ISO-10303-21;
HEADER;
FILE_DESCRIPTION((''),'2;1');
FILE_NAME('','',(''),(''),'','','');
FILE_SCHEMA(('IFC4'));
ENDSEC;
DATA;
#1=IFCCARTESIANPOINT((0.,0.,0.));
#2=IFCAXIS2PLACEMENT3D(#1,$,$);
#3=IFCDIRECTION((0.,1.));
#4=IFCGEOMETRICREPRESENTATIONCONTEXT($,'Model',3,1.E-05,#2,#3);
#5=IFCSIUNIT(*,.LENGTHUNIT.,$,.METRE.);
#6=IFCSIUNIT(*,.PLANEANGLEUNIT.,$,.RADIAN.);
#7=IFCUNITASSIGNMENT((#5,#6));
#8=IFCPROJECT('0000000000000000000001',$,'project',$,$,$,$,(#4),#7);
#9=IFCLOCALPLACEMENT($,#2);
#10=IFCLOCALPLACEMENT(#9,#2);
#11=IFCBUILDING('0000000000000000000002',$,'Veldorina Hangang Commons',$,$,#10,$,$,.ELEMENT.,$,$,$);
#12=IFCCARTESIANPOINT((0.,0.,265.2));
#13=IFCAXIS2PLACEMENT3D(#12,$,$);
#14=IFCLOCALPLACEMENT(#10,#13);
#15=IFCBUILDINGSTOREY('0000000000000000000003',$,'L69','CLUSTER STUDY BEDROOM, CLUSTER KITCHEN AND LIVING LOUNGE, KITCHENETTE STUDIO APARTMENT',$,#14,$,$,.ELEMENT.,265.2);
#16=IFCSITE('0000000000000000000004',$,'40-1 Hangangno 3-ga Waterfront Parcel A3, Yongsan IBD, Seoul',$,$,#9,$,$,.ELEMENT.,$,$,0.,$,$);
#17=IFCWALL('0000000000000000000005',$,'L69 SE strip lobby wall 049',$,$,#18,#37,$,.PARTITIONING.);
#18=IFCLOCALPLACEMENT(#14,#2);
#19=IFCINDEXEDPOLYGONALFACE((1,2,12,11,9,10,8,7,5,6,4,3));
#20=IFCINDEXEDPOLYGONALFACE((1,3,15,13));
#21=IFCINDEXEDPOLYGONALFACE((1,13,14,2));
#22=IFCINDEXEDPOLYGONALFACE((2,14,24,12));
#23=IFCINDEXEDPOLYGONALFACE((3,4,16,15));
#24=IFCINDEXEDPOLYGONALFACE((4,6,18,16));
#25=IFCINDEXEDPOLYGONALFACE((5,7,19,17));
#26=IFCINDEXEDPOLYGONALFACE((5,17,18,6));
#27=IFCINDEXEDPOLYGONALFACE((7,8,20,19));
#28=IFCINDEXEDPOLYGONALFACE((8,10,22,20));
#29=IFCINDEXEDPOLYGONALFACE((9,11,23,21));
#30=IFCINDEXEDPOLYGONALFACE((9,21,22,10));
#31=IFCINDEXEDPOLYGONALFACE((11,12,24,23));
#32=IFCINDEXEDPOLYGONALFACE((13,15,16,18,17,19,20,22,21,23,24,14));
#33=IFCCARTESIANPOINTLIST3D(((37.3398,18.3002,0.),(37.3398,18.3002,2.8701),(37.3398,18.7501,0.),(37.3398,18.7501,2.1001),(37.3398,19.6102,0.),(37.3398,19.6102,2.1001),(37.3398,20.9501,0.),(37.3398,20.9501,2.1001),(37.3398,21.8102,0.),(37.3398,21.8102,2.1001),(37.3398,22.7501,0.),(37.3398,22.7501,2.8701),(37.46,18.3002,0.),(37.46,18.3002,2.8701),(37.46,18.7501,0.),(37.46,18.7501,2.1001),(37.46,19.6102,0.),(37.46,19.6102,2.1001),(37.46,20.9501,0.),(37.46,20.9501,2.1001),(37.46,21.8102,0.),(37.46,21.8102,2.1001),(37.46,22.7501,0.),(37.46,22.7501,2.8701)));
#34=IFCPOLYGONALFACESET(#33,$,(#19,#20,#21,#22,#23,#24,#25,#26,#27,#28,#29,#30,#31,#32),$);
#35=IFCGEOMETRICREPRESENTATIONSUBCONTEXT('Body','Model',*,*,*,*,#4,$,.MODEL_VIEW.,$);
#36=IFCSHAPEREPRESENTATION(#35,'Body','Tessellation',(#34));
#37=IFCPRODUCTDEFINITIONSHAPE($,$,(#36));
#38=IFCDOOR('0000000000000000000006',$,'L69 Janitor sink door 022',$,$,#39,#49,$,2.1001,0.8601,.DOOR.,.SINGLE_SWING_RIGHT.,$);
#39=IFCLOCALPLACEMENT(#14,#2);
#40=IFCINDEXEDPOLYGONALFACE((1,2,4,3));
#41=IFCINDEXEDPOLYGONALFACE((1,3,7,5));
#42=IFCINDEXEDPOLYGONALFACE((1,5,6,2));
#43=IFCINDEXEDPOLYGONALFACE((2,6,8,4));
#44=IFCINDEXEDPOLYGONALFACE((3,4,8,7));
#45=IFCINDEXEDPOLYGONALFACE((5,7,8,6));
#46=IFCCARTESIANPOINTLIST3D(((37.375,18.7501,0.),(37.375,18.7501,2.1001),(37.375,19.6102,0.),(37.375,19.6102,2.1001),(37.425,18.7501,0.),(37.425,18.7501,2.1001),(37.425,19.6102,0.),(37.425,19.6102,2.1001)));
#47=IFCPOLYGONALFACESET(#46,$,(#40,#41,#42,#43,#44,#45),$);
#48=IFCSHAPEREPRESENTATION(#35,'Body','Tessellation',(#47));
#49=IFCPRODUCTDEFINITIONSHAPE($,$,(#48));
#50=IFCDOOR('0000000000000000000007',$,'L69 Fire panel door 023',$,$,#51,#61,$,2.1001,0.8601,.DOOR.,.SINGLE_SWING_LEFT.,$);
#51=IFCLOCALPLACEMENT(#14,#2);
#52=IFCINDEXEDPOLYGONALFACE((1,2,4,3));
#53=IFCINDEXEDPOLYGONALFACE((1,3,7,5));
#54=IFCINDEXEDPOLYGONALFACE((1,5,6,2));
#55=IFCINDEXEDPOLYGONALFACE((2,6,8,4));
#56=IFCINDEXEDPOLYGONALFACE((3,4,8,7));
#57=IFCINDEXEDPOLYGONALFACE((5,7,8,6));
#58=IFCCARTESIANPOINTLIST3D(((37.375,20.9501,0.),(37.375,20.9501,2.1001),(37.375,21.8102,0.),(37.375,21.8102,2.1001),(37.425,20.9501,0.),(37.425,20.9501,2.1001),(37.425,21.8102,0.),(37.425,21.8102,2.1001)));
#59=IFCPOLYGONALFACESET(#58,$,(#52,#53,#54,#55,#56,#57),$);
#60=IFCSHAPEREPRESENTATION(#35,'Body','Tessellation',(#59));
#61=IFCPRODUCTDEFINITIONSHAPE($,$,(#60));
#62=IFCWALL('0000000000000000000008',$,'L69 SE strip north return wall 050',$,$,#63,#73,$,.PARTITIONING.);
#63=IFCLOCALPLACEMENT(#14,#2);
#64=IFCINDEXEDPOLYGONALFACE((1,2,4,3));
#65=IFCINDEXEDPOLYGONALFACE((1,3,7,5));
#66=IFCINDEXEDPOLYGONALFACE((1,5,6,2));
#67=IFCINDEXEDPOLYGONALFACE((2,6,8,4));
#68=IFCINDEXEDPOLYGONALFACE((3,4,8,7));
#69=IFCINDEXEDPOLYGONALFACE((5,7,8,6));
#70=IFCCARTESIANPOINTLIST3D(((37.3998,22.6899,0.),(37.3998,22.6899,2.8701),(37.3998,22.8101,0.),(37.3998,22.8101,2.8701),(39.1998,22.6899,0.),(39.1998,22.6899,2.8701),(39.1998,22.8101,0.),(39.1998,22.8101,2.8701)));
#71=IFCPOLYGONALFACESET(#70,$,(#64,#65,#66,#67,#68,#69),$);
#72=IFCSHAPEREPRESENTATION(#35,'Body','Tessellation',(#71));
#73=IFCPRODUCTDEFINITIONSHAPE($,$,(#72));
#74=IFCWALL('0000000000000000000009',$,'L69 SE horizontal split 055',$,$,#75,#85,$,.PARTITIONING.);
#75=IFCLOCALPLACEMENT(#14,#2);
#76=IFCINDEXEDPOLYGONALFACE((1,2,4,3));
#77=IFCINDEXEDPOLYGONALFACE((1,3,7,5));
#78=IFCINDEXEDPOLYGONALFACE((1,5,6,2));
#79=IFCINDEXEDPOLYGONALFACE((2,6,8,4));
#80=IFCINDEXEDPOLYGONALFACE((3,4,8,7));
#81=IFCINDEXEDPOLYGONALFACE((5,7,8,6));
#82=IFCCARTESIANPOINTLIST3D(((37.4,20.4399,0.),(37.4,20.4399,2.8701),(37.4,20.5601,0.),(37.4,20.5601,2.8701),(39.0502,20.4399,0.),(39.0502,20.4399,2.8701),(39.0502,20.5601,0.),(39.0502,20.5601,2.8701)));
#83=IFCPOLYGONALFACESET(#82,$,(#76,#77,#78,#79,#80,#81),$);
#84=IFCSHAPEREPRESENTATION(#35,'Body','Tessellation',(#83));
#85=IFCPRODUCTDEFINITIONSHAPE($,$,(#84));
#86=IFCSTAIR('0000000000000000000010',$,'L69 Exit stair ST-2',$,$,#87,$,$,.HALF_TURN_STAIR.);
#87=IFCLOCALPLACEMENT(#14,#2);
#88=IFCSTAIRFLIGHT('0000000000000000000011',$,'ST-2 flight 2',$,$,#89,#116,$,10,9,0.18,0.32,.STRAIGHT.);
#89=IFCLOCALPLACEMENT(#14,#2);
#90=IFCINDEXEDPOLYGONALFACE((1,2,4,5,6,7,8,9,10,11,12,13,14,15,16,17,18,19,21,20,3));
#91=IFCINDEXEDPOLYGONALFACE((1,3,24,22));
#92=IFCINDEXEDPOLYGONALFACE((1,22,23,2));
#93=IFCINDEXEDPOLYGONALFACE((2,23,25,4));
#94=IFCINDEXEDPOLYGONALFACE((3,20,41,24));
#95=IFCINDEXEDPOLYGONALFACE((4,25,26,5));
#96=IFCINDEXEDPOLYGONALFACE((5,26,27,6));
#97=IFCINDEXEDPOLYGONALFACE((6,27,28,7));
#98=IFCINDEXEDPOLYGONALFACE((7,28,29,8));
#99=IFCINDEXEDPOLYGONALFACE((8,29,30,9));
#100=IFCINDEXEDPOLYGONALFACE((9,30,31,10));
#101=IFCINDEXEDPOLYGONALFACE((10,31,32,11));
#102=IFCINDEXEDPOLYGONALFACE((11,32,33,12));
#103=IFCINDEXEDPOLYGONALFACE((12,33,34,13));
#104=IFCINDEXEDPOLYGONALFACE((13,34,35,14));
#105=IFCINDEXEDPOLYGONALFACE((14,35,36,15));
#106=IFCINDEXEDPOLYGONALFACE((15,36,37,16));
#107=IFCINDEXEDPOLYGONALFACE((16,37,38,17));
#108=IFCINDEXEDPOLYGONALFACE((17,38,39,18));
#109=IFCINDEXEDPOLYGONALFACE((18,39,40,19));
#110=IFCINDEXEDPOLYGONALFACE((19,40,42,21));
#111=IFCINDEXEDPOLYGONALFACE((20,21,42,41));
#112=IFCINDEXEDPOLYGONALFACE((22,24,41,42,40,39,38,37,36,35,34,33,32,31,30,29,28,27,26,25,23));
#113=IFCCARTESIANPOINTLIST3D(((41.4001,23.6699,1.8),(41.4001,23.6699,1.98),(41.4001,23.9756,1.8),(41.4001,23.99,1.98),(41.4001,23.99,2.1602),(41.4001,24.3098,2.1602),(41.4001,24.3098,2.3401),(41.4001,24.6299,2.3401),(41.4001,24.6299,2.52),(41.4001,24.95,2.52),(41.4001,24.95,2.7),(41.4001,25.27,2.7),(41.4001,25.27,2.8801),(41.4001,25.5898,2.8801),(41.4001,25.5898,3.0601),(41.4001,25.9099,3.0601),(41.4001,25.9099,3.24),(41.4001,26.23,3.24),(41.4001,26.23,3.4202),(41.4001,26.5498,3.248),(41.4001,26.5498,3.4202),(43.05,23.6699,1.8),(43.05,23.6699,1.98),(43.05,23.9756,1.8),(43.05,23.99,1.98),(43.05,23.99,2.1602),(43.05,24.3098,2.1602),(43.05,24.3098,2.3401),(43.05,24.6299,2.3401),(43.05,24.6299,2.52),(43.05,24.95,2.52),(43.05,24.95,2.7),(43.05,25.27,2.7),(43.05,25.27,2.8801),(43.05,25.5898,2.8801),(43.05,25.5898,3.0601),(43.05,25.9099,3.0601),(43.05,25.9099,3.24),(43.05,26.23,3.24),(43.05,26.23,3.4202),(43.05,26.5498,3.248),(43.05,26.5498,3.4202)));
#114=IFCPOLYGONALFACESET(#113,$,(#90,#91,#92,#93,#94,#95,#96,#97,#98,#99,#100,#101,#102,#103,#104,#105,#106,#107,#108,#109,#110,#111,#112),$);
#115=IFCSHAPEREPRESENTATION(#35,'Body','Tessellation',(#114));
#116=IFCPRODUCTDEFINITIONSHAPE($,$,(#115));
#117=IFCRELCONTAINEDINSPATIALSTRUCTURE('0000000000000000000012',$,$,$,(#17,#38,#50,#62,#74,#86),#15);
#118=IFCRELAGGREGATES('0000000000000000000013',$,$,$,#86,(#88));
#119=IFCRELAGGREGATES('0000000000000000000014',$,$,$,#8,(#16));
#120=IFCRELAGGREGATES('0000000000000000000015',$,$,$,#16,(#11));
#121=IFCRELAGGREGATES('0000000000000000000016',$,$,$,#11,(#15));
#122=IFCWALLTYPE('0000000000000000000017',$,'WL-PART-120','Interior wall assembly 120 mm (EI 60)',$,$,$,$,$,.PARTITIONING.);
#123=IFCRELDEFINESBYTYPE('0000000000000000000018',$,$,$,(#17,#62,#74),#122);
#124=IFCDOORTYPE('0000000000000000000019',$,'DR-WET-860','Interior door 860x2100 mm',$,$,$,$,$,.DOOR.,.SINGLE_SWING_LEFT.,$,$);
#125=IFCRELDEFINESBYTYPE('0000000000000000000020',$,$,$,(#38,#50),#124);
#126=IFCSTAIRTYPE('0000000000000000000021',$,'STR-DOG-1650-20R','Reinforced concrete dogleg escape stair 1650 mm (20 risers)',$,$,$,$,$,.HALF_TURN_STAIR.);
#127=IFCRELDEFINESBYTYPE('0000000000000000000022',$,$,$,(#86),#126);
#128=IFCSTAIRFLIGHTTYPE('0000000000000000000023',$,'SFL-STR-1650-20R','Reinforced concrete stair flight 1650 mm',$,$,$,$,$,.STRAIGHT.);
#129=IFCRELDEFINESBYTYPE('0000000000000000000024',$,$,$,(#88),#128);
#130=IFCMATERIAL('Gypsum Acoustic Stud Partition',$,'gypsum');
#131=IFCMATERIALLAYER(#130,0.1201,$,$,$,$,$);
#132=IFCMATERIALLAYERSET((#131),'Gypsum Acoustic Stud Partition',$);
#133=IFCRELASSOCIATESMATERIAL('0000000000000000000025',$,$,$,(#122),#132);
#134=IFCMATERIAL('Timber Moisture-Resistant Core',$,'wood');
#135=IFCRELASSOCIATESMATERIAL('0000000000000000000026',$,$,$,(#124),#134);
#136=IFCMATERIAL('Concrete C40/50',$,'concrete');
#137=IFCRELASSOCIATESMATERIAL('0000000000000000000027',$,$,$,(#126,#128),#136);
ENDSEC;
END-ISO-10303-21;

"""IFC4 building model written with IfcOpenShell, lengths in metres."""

from ifc_helpers import new_model, si_unit, direction, frame, frame_2d, origin, place, context, subcontext, project, spatial, polyline, rectangle, outline, extrude, material, layer, layer_set, type_object, element, fill, aggregate, save


model = new_model("IFC4")

# Units and contexts
model_context = context("Model", 3, precision=1e-05, world=origin(), true_north=direction((0.0, 1.0)))
body_context = subcontext(model_context, "Body", "Model", "MODEL_VIEW")
ifc_project = project(units=[si_unit("LENGTHUNIT", "METRE"), si_unit("PLANEANGLEUNIT", "RADIAN")], contexts=[model_context])

# Site, building, storey
site_placement = place(None, origin())
site = spatial("IfcSite", under=ifc_project, at=site_placement, Name="40-1 Hangangno 3-ga Waterfront Parcel A3, Yongsan IBD, Seoul", CompositionType="ELEMENT", RefElevation=0.0)
building_placement = place(site_placement, origin())
building = spatial("IfcBuilding", under=site, at=building_placement, Name="Veldorina Hangang Commons", CompositionType="ELEMENT")
storey_placement = place(building_placement, frame((0.0, 0.0, 265.2)))
storey = spatial("IfcBuildingStorey", under=building, at=storey_placement, Name="L69", Description="CLUSTER STUDY BEDROOM, CLUSTER KITCHEN AND LIVING LOUNGE, KITCHENETTE STUDIO APARTMENT", CompositionType="ELEMENT", Elevation=265.2)

# Shared definitions
ifc_material_1 = material(Name="Gypsum Acoustic Stud Partition", Category="gypsum")
ifc_layer_1 = layer(ifc_material_1, 0.1201)
ifc_layer_set_1 = layer_set([ifc_layer_1], Name="Gypsum Acoustic Stud Partition")
wall_type_1 = type_object("IfcWallType", Name="WL-PART-120", Description="Interior wall assembly 120 mm (EI 60)", PredefinedType="PARTITIONING", material=ifc_layer_set_1)

# Wall, openings, doors
wall_1_placement = place(storey_placement, frame((37.3999, 18.3, 0.0), z_axis=(0.0, 0.0, 1.0), x_axis=(0.0, 1.0, 0.0)))
wall_1 = element("IfcWall", 1, at=wall_1_placement, inside=storey, type_object=wall_type_1, Name="L69 SE strip lobby wall 049", PredefinedType="PARTITIONING", context=body_context, shape_type="SweptSolid", body=[
    extrude(rectangle(XDim=4.45, YDim=0.1201, at=frame_2d((2.2251, 0.0))), origin(), (0.0, 0.0, 1.0), 2.8701),
])
opening_1_placement = place(wall_1_placement, frame((0.45, 0.0, 0.0)))
opening_1 = element("IfcOpeningElement", 2, at=opening_1_placement, cuts=wall_1, PredefinedType="OPENING", context=body_context, shape_type="SweptSolid", body=[
    extrude(rectangle(XDim=0.8601, YDim=2.1001, at=frame_2d((0.4302, 1.05))), frame((0.0, 0.0701, 0.0), z_axis=(0.0, -1.0, 0.0), x_axis=(1.0, 0.0, 0.0)), (0.0, 0.0, 1.0), 0.1401),
])
opening_2_placement = place(wall_1_placement, frame((2.6499, 0.0, 0.0)))
opening_2 = element("IfcOpeningElement", 3, at=opening_2_placement, cuts=wall_1, PredefinedType="OPENING", context=body_context, shape_type="SweptSolid", body=[
    extrude(rectangle(XDim=0.8601, YDim=2.1001, at=frame_2d((0.4302, 1.05))), frame((0.0, 0.0701, 0.0), z_axis=(0.0, -1.0, 0.0), x_axis=(1.0, 0.0, 0.0)), (0.0, 0.0, 1.0), 0.1401),
])
ifc_material_2 = material(Name="Timber Moisture-Resistant Core", Category="wood")
door_type_1 = type_object("IfcDoorType", Name="DR-WET-860", Description="Interior door 860x2100 mm", OperationType="SINGLE_SWING_LEFT", PredefinedType="DOOR", material=ifc_material_2)
door_1_placement = place(opening_1_placement, origin())
door_1 = element("IfcDoor", 4, at=door_1_placement, inside=storey, type_object=door_type_1, Name="L69 Janitor sink door 022", OperationType="SINGLE_SWING_RIGHT", OverallHeight=2.1001, OverallWidth=0.8601, PredefinedType="DOOR", context=body_context, shape_type="SweptSolid", body=[
    extrude(rectangle(XDim=0.8601, YDim=2.1001, at=frame_2d((0.4302, 1.05))), frame((0.0, 0.0249, 0.0), z_axis=(0.0, -1.0, 0.0), x_axis=(1.0, 0.0, 0.0)), (0.0, 0.0, 1.0), 0.05),
])
fill(opening_1, door_1)
door_2_placement = place(opening_2_placement, origin())
door_2 = element("IfcDoor", 5, at=door_2_placement, inside=storey, type_object=door_type_1, Name="L69 Fire panel door 023", OperationType="SINGLE_SWING_LEFT", OverallHeight=2.1001, OverallWidth=0.8601, PredefinedType="DOOR", context=body_context, shape_type="SweptSolid", body=[
    extrude(rectangle(XDim=0.8601, YDim=2.1001, at=frame_2d((0.4302, 1.05))), frame((0.0, 0.0249, 0.0), z_axis=(0.0, -1.0, 0.0), x_axis=(1.0, 0.0, 0.0)), (0.0, 0.0, 1.0), 0.05),
])
fill(opening_2, door_2)

# Walls
wall_2_placement = place(storey_placement, frame((37.3999, 22.75, 0.0), z_axis=(0.0, 0.0, 1.0), x_axis=(1.0, 0.0, 0.0)))
element("IfcWall", 6, at=wall_2_placement, inside=storey, type_object=wall_type_1, Name="L69 SE strip north return wall 050", PredefinedType="PARTITIONING", context=body_context, shape_type="SweptSolid", body=[
    extrude(rectangle(XDim=1.8, YDim=0.1201, at=frame_2d((0.8999, 0.0))), origin(), (0.0, 0.0, 1.0), 2.8701),
])
wall_3_placement = place(storey_placement, frame((37.3999, 20.5, 0.0), z_axis=(0.0, 0.0, 1.0), x_axis=(1.0, 0.0, 0.0)))
element("IfcWall", 7, at=wall_3_placement, inside=storey, type_object=wall_type_1, Name="L69 SE horizontal split 055", PredefinedType="PARTITIONING", context=body_context, shape_type="SweptSolid", body=[
    extrude(rectangle(XDim=1.6501, YDim=0.1201, at=frame_2d((0.8252, 0.0))), origin(), (0.0, 0.0, 1.0), 2.8701),
])

# Stair, stair flight
ifc_material_3 = material(Name="Concrete C40/50", Category="concrete")
stair_type = type_object("IfcStairType", Name="STR-DOG-1650-20R", Description="Reinforced concrete dogleg escape stair 1650 mm (20 risers)", PredefinedType="HALF_TURN_STAIR", material=ifc_material_3)
stair_placement = place(storey_placement, origin())
stair = element("IfcStair", 8, at=stair_placement, inside=storey, type_object=stair_type, Name="L69 Exit stair ST-2", PredefinedType="HALF_TURN_STAIR")
stair_flight_type = type_object("IfcStairFlightType", Name="SFL-STR-1650-20R", Description="Reinforced concrete stair flight 1650 mm", PredefinedType="STRAIGHT", material=ifc_material_3)
stair_flight_placement = place(storey_placement, frame((42.2251, 23.6699, 1.8), z_axis=(0.0, 0.0, 1.0), x_axis=(0.0, 1.0, 0.0)))
stair_flight = element("IfcStairFlight", 9, at=stair_flight_placement, type_object=stair_flight_type, Name="ST-2 flight 2", NumberOfRisers=10, NumberOfTreads=9, PredefinedType="STRAIGHT", RiserHeight=0.18, TreadLength=0.32, context=body_context, shape_type="SweptSolid", body=[
    extrude(outline(polyline([(0.0, 0.0), (0.0, 0.1799), (0.3201, 0.1799), (0.3201, 0.3601), (0.6399, 0.3601), (0.6399, 0.54), (0.96, 0.54), (0.96, 0.72), (1.28, 0.72), (1.28, 0.8999), (1.6001, 0.8999), (1.6001, 1.0801), (1.9199, 1.0801), (1.9199, 1.26), (2.24, 1.26), (2.24, 1.4399), (2.5601, 1.4399), (2.5601, 1.6201), (2.8799, 1.6201), (2.8799, 1.8), (2.8799, 1.448), (0.3057, 0.0), (0.0, 0.0)])), frame((0.0, 0.825, 0.0), z_axis=(0.0, -1.0, 0.0), x_axis=(1.0, 0.0, 0.0)), (0.0, 0.0, 1.0), 1.6499),
])
aggregate(stair, [stair_flight])

save(model, "model.ifc")
